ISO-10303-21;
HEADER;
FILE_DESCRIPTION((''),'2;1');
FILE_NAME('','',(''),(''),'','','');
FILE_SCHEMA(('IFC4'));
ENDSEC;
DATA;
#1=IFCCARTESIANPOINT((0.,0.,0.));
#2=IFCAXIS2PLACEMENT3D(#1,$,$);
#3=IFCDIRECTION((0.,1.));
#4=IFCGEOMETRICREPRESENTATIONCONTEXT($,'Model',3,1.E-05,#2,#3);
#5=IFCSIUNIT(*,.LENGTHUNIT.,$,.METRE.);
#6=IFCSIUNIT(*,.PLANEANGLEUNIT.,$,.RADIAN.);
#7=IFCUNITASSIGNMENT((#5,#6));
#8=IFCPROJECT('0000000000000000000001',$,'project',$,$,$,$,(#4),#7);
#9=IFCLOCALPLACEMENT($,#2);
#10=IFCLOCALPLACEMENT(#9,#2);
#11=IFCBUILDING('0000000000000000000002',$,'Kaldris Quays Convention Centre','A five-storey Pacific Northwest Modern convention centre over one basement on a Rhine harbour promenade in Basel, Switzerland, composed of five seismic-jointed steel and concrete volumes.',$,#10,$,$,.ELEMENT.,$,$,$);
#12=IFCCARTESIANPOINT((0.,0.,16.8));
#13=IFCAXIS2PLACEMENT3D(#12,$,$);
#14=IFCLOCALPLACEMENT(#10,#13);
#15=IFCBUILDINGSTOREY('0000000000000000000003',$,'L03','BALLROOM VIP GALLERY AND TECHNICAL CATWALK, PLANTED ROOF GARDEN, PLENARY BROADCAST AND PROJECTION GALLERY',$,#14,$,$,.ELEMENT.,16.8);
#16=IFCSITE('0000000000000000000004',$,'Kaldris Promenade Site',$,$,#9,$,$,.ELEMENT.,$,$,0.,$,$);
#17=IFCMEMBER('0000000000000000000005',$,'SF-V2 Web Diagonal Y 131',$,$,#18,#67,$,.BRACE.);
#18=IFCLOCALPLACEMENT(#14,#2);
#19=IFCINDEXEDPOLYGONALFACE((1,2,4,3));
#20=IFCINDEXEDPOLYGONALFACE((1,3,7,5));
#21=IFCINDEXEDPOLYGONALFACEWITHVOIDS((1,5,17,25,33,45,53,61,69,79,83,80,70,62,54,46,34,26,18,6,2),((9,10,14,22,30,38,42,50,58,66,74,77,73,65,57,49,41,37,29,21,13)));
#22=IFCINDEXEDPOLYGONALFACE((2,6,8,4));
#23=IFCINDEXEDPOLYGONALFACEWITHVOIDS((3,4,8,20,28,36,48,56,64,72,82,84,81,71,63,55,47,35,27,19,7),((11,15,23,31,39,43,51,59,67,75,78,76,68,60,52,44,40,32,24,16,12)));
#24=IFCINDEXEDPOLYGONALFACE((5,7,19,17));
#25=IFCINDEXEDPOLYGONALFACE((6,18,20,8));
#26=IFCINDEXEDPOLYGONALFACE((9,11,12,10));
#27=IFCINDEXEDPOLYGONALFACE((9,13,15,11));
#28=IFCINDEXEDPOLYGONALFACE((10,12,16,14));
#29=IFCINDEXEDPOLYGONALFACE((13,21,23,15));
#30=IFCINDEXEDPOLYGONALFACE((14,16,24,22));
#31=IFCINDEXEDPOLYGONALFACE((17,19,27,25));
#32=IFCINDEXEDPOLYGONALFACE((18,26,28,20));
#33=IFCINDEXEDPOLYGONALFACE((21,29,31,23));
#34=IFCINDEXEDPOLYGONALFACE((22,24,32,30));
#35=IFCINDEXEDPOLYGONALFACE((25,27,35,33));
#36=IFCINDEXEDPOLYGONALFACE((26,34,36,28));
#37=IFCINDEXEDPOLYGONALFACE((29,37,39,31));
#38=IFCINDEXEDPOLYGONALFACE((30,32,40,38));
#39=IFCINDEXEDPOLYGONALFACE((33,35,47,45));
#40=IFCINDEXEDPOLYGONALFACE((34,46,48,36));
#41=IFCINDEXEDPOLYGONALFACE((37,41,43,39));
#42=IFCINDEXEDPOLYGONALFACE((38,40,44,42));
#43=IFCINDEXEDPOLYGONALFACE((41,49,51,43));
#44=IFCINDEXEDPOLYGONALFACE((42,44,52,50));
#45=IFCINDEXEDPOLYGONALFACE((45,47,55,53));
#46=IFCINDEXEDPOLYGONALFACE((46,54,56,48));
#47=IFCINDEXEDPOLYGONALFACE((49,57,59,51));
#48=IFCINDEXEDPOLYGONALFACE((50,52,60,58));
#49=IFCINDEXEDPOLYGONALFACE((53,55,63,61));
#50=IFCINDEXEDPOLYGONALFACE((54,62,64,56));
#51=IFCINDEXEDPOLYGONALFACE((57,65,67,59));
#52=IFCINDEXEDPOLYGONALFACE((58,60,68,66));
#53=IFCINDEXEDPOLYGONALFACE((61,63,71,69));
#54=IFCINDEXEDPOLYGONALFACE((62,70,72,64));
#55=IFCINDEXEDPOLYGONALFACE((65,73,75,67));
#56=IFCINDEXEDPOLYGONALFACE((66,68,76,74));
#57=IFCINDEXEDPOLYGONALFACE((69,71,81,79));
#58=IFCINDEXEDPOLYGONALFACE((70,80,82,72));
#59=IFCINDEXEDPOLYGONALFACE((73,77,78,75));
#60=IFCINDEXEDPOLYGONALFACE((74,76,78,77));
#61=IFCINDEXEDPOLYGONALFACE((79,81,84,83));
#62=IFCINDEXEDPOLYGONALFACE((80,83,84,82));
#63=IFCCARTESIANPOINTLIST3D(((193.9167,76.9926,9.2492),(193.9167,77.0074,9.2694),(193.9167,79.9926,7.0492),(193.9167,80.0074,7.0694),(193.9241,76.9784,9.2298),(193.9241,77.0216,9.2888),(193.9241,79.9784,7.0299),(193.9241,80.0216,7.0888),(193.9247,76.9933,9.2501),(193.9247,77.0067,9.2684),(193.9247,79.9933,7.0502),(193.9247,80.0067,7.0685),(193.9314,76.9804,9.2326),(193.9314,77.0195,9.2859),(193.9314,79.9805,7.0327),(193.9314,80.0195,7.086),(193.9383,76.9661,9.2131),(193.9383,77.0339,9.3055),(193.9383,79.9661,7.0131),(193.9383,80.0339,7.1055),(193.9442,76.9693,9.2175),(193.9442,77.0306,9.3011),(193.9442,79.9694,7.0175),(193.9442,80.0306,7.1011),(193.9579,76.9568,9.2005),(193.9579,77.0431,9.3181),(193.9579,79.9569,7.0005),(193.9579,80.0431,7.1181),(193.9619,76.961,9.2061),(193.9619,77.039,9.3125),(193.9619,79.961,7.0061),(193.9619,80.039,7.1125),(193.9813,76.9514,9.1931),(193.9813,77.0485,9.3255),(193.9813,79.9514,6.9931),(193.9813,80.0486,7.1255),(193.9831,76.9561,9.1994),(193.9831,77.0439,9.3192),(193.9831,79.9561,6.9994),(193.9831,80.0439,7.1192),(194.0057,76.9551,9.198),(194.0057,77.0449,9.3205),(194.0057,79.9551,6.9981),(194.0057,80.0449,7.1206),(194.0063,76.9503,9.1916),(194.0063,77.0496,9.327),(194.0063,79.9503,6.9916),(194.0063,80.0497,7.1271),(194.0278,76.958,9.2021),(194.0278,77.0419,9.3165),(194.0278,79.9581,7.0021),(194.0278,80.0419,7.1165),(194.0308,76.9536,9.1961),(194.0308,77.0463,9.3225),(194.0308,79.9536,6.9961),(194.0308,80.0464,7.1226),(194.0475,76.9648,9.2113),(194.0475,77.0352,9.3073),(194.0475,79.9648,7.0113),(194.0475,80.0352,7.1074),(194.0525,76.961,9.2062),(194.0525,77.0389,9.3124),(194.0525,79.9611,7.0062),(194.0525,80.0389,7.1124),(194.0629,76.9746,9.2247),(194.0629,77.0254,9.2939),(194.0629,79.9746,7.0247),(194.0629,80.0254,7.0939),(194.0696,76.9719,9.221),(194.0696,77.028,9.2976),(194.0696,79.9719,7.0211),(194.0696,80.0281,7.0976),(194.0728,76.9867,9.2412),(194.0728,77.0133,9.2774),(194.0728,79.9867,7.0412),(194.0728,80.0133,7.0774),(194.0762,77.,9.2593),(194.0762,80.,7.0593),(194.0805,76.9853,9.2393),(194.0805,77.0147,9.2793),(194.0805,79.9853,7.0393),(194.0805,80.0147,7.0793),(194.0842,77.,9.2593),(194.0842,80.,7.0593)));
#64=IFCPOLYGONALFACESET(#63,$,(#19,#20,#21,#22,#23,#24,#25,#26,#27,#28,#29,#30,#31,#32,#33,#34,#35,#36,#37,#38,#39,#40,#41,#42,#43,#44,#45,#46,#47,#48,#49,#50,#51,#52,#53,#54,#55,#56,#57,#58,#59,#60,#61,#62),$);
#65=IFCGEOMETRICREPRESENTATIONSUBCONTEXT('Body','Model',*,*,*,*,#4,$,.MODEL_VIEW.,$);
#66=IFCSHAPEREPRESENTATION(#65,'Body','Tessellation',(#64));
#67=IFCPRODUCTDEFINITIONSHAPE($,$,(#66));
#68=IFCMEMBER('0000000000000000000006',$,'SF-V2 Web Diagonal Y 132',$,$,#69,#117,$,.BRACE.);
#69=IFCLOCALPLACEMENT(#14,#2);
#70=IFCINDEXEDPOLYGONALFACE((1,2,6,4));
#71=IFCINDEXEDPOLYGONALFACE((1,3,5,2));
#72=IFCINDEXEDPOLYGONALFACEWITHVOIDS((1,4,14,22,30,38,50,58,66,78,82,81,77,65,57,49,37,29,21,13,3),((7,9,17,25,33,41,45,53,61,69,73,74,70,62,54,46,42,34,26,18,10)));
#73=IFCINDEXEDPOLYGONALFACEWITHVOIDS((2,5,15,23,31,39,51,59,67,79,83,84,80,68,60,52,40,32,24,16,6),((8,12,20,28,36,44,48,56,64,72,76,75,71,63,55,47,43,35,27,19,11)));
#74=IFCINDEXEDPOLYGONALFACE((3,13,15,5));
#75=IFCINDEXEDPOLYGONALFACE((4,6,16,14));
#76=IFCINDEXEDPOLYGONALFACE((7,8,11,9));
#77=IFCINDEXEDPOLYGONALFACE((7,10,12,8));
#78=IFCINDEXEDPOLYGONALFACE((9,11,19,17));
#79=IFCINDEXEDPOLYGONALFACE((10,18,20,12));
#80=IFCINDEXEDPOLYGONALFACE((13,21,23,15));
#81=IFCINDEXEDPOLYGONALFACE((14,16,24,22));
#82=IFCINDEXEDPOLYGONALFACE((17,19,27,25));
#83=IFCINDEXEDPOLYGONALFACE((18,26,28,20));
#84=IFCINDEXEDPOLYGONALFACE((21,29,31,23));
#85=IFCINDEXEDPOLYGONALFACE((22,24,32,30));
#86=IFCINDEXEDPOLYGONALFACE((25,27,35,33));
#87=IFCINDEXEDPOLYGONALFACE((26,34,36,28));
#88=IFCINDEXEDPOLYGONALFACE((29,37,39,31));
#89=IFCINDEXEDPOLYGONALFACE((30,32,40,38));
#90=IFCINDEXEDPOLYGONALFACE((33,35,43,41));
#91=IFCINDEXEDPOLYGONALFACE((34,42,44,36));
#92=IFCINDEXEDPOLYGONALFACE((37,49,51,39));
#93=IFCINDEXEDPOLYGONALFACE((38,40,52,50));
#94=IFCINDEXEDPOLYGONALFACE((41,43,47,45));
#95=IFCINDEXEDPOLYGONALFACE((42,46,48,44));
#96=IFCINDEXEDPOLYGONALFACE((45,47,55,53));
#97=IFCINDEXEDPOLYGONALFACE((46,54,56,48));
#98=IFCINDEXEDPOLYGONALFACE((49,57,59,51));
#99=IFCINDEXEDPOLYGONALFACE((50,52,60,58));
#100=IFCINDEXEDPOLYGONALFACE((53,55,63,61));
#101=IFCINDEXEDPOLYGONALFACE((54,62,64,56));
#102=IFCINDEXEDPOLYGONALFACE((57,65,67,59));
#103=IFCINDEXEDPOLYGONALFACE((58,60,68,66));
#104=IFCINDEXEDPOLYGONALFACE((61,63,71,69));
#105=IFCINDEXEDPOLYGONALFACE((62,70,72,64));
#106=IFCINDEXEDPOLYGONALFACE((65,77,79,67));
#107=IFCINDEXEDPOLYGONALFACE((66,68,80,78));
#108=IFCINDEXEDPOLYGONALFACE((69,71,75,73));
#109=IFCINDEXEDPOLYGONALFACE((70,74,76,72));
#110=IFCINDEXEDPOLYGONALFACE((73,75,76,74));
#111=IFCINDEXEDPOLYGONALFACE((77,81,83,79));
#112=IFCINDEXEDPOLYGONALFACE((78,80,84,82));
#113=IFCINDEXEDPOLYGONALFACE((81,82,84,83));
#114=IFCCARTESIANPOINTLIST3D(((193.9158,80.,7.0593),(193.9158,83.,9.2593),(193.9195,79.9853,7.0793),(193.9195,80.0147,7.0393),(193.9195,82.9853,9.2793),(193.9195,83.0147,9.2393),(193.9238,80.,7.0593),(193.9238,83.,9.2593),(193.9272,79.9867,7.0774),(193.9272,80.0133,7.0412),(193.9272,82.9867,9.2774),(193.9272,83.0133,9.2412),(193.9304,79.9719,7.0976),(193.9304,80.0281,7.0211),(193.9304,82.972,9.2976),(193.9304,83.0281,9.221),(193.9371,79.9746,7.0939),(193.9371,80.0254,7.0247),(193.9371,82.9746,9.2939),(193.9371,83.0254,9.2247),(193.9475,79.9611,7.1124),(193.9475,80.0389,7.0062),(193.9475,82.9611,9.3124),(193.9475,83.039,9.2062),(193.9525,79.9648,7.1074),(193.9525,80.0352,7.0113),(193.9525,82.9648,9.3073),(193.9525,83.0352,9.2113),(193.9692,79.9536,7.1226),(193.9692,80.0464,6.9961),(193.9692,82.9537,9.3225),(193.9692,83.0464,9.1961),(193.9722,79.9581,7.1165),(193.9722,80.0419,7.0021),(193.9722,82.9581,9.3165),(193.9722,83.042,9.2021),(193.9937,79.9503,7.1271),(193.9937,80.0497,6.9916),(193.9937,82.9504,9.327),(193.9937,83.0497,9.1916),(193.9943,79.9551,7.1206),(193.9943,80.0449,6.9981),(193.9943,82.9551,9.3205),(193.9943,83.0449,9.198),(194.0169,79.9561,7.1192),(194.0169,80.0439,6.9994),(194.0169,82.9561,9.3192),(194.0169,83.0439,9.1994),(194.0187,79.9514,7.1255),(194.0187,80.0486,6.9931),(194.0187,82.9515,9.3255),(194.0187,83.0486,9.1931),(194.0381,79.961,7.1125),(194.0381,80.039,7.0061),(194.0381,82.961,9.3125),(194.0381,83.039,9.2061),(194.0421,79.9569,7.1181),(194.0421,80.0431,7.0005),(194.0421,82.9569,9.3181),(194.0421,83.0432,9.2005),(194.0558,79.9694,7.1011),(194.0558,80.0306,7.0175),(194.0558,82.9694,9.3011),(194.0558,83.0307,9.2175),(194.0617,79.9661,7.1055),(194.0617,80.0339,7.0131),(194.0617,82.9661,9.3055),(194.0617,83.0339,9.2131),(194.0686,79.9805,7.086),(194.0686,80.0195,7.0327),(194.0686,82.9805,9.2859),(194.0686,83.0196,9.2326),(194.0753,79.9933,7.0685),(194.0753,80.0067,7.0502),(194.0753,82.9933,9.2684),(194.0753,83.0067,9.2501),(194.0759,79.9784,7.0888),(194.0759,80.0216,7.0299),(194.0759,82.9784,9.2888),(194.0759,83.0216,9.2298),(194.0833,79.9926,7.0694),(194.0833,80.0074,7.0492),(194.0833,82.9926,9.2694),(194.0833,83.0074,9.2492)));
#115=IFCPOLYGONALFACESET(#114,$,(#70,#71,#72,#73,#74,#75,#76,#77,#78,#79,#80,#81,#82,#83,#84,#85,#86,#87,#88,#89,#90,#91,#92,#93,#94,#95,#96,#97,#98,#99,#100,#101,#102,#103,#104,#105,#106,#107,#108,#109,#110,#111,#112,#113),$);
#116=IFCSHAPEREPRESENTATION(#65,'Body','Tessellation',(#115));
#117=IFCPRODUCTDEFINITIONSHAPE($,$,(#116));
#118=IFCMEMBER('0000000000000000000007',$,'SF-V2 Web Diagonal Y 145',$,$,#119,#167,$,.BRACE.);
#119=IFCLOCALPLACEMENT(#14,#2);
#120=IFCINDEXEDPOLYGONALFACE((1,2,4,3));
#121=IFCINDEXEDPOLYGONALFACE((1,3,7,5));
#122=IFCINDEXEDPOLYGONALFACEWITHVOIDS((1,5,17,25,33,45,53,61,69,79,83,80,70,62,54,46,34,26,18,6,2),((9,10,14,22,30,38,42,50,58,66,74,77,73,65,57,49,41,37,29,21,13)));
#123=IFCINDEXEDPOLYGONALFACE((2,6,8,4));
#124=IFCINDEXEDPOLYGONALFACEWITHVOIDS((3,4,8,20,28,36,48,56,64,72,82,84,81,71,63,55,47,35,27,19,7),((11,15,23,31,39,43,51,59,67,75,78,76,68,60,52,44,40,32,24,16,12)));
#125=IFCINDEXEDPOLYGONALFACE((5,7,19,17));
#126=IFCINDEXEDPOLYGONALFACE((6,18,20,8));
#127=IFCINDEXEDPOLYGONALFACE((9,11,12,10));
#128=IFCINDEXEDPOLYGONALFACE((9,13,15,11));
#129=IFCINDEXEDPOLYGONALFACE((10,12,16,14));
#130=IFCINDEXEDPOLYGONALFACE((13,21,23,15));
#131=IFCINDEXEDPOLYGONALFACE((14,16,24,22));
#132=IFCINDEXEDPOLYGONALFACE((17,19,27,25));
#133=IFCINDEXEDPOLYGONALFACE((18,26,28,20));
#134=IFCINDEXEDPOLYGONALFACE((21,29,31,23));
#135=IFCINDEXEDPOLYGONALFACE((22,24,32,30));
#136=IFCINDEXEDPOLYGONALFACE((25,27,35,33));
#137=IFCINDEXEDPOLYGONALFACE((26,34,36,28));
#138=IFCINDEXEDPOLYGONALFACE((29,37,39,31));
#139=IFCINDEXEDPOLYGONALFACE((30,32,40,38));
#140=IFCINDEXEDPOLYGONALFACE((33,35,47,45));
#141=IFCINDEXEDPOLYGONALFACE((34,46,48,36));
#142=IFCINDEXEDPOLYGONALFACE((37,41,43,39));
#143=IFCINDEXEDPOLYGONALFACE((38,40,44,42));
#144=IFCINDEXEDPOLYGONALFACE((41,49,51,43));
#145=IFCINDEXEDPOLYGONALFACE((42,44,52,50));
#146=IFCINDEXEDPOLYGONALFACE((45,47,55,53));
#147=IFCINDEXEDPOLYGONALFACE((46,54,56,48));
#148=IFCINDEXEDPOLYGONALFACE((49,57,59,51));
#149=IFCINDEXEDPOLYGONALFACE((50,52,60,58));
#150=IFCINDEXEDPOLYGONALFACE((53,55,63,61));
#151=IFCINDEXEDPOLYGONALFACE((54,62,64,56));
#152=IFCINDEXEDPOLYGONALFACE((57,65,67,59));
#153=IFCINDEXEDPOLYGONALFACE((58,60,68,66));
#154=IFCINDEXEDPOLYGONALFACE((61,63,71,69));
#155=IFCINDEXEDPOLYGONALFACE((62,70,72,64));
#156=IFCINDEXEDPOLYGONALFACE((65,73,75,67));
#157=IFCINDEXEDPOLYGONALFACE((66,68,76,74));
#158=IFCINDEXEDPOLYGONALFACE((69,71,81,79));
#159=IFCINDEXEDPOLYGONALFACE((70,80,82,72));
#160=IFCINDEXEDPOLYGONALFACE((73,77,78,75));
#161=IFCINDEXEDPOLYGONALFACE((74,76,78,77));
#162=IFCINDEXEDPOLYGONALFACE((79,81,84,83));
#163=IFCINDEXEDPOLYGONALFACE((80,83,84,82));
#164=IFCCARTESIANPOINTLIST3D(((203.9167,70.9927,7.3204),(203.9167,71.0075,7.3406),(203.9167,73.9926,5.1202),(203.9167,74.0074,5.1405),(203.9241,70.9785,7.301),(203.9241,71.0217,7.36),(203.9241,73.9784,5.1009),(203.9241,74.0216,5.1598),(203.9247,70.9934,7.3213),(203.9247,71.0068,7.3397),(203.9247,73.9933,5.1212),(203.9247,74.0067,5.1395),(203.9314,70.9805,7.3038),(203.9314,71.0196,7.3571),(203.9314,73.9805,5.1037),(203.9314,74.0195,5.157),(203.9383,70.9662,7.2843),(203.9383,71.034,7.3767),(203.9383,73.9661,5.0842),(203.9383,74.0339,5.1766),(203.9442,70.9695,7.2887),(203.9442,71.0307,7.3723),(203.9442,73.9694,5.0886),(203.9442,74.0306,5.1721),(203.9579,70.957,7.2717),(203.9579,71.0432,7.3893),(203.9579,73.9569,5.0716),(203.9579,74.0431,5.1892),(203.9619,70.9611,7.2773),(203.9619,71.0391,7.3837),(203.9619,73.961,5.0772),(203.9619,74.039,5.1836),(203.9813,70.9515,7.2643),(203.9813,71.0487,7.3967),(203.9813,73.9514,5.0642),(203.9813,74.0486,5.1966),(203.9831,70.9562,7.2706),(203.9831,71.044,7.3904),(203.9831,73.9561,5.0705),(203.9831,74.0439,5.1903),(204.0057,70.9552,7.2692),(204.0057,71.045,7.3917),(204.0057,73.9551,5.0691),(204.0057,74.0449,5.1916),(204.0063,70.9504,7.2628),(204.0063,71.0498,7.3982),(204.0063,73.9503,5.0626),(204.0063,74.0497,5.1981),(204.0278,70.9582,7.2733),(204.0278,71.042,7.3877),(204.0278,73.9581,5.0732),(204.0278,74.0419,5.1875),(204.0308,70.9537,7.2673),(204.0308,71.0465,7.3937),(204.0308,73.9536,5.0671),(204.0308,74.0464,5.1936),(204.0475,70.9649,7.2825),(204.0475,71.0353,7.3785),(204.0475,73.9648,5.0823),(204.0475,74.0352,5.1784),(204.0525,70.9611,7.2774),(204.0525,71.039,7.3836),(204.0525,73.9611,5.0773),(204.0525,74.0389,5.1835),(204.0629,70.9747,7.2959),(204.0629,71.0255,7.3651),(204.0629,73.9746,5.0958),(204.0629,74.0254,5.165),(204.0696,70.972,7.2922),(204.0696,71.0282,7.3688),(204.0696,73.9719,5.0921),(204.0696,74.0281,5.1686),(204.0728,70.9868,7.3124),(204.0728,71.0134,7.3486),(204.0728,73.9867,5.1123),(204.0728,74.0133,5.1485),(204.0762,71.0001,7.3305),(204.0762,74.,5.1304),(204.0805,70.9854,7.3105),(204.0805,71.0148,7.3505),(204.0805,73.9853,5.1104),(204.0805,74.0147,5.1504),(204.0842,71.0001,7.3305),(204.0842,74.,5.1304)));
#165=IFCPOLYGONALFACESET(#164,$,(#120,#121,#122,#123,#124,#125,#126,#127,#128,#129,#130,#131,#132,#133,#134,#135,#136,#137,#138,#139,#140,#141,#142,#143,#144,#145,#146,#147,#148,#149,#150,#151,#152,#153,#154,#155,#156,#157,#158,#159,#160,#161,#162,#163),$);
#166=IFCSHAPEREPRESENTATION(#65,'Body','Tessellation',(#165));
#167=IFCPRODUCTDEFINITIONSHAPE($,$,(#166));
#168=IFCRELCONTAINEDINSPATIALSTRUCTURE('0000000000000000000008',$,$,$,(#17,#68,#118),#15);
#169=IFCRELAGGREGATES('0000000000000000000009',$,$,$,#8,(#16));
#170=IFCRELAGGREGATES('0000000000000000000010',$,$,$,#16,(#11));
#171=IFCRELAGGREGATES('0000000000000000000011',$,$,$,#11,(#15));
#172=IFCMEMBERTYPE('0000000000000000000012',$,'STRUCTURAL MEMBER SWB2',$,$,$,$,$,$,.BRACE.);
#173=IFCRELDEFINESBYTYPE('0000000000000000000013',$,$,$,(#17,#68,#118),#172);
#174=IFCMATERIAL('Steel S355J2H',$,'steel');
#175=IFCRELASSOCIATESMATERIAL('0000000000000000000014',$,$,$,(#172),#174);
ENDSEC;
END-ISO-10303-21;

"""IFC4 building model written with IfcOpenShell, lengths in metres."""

from ifc_helpers import new_model, si_unit, direction, frame, origin, origin_2d, place, context, subcontext, project, spatial, hollow_circle, extrude, material, material_profile, profile_set, type_object, element, save


model = new_model("IFC4")

# Units and contexts
model_context = context("Model", 3, precision=1e-05, world=origin(), true_north=direction((0.0, 1.0)))
body_context = subcontext(model_context, "Body", "Model", "MODEL_VIEW")
ifc_project = project(units=[si_unit("LENGTHUNIT", "METRE"), si_unit("PLANEANGLEUNIT", "RADIAN")], contexts=[model_context])

# Site, building, storey
site_placement = place(None, origin())
site = spatial("IfcSite", under=ifc_project, at=site_placement, Name="Kaldris Promenade Site", CompositionType="ELEMENT", RefElevation=0.0)
building_placement = place(site_placement, origin())
building = spatial("IfcBuilding", under=site, at=building_placement, Name="Kaldris Quays Convention Centre", Description="A five-storey Pacific Northwest Modern convention centre over one basement on a Rhine harbour promenade in Basel, Switzerland, composed of five seismic-jointed steel and concrete volumes.", CompositionType="ELEMENT")
storey_placement = place(building_placement, frame((0.0, 0.0, 16.8)))
storey = spatial("IfcBuildingStorey", under=building, at=storey_placement, Name="L03", Description="BALLROOM VIP GALLERY AND TECHNICAL CATWALK, PLANTED ROOF GARDEN, PLENARY BROADCAST AND PROJECTION GALLERY", CompositionType="ELEMENT", Elevation=16.8)

# Members
ifc_material_1 = material(Name="Steel S355J2H", Category="steel")
ifc_material_profile_1 = material_profile(ifc_material_1, hollow_circle(Radius=0.0842, WallThickness=0.0081, at=origin_2d()), Name="CHS 168.3x8")
ifc_profile_set_1 = profile_set([ifc_material_profile_1], Name="Steel S355J2H")
member_type_1 = type_object("IfcMemberType", Name="STRUCTURAL MEMBER SWB2", PredefinedType="BRACE", material=ifc_profile_set_1)
for number, where, z_axis, x_axis, name in (
    (1, (194.0, 80.0, 7.0593), (0.0, -0.806411, 0.591355), (1.0, 0.0, 0.0), "SF-V2 Web Diagonal Y 131"),
    (2, (194.0, 80.0, 7.0593), (0.0, 0.806411, 0.591355), (-1.0, 0.0, 0.0), "SF-V2 Web Diagonal Y 132"),
    (3, (204.0, 74.0, 5.1304), (0.0, -0.80638, 0.591398), (1.0, 0.0, 0.0), "SF-V2 Web Diagonal Y 145"),
):
    element("IfcMember", number, at=place(storey_placement, frame(where, z_axis=z_axis, x_axis=x_axis)), inside=storey, type_object=member_type_1, Name=name, PredefinedType="BRACE", context=body_context, shape_type="SweptSolid", body=[
        extrude(hollow_circle(Radius=0.0842, WallThickness=0.0081, at=origin_2d()), origin(), (0.0, 0.0, 1.0), 3.7202),
    ])

save(model, "model.ifc")
